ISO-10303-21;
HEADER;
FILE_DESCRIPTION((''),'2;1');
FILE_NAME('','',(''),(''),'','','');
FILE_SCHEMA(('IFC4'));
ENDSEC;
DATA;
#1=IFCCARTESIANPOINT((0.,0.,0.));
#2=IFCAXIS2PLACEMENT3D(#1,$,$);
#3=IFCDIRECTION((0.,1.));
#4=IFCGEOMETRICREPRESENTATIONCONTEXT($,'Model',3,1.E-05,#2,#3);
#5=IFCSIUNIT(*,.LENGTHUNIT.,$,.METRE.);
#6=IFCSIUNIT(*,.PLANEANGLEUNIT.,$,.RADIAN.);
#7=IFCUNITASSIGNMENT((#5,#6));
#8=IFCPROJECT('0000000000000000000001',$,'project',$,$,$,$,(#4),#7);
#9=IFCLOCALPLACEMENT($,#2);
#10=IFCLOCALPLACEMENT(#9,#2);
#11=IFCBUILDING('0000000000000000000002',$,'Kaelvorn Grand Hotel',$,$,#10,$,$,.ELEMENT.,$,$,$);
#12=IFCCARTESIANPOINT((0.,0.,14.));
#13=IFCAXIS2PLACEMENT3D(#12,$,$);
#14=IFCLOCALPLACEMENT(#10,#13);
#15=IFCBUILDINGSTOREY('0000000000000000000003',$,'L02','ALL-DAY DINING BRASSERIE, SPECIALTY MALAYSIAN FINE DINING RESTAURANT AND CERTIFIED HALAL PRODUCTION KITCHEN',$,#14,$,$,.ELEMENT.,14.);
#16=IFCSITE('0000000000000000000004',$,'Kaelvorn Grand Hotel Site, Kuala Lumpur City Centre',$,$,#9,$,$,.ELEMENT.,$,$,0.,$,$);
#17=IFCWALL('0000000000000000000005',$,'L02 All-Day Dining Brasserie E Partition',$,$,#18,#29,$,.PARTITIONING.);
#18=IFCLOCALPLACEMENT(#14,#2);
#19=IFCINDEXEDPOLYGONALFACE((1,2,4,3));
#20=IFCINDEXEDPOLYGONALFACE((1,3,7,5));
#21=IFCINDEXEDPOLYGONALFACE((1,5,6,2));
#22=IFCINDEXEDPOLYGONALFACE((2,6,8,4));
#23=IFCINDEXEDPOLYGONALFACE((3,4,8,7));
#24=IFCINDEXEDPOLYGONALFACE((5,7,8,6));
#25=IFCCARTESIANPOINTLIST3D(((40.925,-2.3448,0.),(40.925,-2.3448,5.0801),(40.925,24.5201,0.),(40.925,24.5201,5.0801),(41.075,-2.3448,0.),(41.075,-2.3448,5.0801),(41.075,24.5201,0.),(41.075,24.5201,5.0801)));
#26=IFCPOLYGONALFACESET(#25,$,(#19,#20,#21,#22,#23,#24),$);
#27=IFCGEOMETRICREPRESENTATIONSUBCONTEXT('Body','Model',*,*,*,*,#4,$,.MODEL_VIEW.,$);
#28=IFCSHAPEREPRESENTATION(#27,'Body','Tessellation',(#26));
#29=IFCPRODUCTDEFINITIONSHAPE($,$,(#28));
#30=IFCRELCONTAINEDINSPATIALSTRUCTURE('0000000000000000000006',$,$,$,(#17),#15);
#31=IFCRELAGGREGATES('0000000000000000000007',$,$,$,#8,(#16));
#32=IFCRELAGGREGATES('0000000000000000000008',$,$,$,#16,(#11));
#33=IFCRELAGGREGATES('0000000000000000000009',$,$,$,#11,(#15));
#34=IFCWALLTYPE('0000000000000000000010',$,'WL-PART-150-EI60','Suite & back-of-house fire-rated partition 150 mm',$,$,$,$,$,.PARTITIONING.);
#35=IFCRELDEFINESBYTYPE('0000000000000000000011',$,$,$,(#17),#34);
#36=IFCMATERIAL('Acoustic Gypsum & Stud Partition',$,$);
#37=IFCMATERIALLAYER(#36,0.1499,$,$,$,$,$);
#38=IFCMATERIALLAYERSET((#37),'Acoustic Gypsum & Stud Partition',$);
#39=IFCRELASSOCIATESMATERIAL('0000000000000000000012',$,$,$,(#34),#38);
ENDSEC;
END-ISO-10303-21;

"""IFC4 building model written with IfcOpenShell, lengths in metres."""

from ifc_helpers import new_model, si_unit, direction, frame, frame_2d, origin, place, context, subcontext, project, spatial, rectangle, extrude, material, layer, layer_set, type_object, element, save


model = new_model("IFC4")

# Units and contexts
model_context = context("Model", 3, precision=1e-05, world=origin(), true_north=direction((0.0, 1.0)))
body_context = subcontext(model_context, "Body", "Model", "MODEL_VIEW")
ifc_project = project(units=[si_unit("LENGTHUNIT", "METRE"), si_unit("PLANEANGLEUNIT", "RADIAN")], contexts=[model_context])

# Site, building, storey
site_placement = place(None, origin())
site = spatial("IfcSite", under=ifc_project, at=site_placement, Name="Kaelvorn Grand Hotel Site, Kuala Lumpur City Centre", CompositionType="ELEMENT", RefElevation=0.0)
building_placement = place(site_placement, origin())
building = spatial("IfcBuilding", under=site, at=building_placement, Name="Kaelvorn Grand Hotel", CompositionType="ELEMENT")
storey_placement = place(building_placement, frame((0.0, 0.0, 14.0)))
storey = spatial("IfcBuildingStorey", under=building, at=storey_placement, Name="L02", Description="ALL-DAY DINING BRASSERIE, SPECIALTY MALAYSIAN FINE DINING RESTAURANT AND CERTIFIED HALAL PRODUCTION KITCHEN", CompositionType="ELEMENT", Elevation=14.0)

# Wall
ifc_material_1 = material(Name="Acoustic Gypsum & Stud Partition")
ifc_layer_1 = layer(ifc_material_1, 0.1499)
ifc_layer_set_1 = layer_set([ifc_layer_1], Name="Acoustic Gypsum & Stud Partition")
wall_type_1 = type_object("IfcWallType", Name="WL-PART-150-EI60", Description="Suite & back-of-house fire-rated partition 150 mm", PredefinedType="PARTITIONING", material=ifc_layer_set_1)
wall_1_placement = place(storey_placement, frame((41.0, -2.345, 0.0), z_axis=(0.0, 0.0, 1.0), x_axis=(0.0, 1.0, 0.0)))
element("IfcWall", 1, at=wall_1_placement, inside=storey, type_object=wall_type_1, Name="L02 All-Day Dining Brasserie E Partition", PredefinedType="PARTITIONING", context=body_context, shape_type="SweptSolid", body=[
    extrude(rectangle(XDim=26.865, YDim=0.1499, at=frame_2d((13.4326, 0.0))), origin(), (0.0, 0.0, 1.0), 5.0801),
])

save(model, "model.ifc")
